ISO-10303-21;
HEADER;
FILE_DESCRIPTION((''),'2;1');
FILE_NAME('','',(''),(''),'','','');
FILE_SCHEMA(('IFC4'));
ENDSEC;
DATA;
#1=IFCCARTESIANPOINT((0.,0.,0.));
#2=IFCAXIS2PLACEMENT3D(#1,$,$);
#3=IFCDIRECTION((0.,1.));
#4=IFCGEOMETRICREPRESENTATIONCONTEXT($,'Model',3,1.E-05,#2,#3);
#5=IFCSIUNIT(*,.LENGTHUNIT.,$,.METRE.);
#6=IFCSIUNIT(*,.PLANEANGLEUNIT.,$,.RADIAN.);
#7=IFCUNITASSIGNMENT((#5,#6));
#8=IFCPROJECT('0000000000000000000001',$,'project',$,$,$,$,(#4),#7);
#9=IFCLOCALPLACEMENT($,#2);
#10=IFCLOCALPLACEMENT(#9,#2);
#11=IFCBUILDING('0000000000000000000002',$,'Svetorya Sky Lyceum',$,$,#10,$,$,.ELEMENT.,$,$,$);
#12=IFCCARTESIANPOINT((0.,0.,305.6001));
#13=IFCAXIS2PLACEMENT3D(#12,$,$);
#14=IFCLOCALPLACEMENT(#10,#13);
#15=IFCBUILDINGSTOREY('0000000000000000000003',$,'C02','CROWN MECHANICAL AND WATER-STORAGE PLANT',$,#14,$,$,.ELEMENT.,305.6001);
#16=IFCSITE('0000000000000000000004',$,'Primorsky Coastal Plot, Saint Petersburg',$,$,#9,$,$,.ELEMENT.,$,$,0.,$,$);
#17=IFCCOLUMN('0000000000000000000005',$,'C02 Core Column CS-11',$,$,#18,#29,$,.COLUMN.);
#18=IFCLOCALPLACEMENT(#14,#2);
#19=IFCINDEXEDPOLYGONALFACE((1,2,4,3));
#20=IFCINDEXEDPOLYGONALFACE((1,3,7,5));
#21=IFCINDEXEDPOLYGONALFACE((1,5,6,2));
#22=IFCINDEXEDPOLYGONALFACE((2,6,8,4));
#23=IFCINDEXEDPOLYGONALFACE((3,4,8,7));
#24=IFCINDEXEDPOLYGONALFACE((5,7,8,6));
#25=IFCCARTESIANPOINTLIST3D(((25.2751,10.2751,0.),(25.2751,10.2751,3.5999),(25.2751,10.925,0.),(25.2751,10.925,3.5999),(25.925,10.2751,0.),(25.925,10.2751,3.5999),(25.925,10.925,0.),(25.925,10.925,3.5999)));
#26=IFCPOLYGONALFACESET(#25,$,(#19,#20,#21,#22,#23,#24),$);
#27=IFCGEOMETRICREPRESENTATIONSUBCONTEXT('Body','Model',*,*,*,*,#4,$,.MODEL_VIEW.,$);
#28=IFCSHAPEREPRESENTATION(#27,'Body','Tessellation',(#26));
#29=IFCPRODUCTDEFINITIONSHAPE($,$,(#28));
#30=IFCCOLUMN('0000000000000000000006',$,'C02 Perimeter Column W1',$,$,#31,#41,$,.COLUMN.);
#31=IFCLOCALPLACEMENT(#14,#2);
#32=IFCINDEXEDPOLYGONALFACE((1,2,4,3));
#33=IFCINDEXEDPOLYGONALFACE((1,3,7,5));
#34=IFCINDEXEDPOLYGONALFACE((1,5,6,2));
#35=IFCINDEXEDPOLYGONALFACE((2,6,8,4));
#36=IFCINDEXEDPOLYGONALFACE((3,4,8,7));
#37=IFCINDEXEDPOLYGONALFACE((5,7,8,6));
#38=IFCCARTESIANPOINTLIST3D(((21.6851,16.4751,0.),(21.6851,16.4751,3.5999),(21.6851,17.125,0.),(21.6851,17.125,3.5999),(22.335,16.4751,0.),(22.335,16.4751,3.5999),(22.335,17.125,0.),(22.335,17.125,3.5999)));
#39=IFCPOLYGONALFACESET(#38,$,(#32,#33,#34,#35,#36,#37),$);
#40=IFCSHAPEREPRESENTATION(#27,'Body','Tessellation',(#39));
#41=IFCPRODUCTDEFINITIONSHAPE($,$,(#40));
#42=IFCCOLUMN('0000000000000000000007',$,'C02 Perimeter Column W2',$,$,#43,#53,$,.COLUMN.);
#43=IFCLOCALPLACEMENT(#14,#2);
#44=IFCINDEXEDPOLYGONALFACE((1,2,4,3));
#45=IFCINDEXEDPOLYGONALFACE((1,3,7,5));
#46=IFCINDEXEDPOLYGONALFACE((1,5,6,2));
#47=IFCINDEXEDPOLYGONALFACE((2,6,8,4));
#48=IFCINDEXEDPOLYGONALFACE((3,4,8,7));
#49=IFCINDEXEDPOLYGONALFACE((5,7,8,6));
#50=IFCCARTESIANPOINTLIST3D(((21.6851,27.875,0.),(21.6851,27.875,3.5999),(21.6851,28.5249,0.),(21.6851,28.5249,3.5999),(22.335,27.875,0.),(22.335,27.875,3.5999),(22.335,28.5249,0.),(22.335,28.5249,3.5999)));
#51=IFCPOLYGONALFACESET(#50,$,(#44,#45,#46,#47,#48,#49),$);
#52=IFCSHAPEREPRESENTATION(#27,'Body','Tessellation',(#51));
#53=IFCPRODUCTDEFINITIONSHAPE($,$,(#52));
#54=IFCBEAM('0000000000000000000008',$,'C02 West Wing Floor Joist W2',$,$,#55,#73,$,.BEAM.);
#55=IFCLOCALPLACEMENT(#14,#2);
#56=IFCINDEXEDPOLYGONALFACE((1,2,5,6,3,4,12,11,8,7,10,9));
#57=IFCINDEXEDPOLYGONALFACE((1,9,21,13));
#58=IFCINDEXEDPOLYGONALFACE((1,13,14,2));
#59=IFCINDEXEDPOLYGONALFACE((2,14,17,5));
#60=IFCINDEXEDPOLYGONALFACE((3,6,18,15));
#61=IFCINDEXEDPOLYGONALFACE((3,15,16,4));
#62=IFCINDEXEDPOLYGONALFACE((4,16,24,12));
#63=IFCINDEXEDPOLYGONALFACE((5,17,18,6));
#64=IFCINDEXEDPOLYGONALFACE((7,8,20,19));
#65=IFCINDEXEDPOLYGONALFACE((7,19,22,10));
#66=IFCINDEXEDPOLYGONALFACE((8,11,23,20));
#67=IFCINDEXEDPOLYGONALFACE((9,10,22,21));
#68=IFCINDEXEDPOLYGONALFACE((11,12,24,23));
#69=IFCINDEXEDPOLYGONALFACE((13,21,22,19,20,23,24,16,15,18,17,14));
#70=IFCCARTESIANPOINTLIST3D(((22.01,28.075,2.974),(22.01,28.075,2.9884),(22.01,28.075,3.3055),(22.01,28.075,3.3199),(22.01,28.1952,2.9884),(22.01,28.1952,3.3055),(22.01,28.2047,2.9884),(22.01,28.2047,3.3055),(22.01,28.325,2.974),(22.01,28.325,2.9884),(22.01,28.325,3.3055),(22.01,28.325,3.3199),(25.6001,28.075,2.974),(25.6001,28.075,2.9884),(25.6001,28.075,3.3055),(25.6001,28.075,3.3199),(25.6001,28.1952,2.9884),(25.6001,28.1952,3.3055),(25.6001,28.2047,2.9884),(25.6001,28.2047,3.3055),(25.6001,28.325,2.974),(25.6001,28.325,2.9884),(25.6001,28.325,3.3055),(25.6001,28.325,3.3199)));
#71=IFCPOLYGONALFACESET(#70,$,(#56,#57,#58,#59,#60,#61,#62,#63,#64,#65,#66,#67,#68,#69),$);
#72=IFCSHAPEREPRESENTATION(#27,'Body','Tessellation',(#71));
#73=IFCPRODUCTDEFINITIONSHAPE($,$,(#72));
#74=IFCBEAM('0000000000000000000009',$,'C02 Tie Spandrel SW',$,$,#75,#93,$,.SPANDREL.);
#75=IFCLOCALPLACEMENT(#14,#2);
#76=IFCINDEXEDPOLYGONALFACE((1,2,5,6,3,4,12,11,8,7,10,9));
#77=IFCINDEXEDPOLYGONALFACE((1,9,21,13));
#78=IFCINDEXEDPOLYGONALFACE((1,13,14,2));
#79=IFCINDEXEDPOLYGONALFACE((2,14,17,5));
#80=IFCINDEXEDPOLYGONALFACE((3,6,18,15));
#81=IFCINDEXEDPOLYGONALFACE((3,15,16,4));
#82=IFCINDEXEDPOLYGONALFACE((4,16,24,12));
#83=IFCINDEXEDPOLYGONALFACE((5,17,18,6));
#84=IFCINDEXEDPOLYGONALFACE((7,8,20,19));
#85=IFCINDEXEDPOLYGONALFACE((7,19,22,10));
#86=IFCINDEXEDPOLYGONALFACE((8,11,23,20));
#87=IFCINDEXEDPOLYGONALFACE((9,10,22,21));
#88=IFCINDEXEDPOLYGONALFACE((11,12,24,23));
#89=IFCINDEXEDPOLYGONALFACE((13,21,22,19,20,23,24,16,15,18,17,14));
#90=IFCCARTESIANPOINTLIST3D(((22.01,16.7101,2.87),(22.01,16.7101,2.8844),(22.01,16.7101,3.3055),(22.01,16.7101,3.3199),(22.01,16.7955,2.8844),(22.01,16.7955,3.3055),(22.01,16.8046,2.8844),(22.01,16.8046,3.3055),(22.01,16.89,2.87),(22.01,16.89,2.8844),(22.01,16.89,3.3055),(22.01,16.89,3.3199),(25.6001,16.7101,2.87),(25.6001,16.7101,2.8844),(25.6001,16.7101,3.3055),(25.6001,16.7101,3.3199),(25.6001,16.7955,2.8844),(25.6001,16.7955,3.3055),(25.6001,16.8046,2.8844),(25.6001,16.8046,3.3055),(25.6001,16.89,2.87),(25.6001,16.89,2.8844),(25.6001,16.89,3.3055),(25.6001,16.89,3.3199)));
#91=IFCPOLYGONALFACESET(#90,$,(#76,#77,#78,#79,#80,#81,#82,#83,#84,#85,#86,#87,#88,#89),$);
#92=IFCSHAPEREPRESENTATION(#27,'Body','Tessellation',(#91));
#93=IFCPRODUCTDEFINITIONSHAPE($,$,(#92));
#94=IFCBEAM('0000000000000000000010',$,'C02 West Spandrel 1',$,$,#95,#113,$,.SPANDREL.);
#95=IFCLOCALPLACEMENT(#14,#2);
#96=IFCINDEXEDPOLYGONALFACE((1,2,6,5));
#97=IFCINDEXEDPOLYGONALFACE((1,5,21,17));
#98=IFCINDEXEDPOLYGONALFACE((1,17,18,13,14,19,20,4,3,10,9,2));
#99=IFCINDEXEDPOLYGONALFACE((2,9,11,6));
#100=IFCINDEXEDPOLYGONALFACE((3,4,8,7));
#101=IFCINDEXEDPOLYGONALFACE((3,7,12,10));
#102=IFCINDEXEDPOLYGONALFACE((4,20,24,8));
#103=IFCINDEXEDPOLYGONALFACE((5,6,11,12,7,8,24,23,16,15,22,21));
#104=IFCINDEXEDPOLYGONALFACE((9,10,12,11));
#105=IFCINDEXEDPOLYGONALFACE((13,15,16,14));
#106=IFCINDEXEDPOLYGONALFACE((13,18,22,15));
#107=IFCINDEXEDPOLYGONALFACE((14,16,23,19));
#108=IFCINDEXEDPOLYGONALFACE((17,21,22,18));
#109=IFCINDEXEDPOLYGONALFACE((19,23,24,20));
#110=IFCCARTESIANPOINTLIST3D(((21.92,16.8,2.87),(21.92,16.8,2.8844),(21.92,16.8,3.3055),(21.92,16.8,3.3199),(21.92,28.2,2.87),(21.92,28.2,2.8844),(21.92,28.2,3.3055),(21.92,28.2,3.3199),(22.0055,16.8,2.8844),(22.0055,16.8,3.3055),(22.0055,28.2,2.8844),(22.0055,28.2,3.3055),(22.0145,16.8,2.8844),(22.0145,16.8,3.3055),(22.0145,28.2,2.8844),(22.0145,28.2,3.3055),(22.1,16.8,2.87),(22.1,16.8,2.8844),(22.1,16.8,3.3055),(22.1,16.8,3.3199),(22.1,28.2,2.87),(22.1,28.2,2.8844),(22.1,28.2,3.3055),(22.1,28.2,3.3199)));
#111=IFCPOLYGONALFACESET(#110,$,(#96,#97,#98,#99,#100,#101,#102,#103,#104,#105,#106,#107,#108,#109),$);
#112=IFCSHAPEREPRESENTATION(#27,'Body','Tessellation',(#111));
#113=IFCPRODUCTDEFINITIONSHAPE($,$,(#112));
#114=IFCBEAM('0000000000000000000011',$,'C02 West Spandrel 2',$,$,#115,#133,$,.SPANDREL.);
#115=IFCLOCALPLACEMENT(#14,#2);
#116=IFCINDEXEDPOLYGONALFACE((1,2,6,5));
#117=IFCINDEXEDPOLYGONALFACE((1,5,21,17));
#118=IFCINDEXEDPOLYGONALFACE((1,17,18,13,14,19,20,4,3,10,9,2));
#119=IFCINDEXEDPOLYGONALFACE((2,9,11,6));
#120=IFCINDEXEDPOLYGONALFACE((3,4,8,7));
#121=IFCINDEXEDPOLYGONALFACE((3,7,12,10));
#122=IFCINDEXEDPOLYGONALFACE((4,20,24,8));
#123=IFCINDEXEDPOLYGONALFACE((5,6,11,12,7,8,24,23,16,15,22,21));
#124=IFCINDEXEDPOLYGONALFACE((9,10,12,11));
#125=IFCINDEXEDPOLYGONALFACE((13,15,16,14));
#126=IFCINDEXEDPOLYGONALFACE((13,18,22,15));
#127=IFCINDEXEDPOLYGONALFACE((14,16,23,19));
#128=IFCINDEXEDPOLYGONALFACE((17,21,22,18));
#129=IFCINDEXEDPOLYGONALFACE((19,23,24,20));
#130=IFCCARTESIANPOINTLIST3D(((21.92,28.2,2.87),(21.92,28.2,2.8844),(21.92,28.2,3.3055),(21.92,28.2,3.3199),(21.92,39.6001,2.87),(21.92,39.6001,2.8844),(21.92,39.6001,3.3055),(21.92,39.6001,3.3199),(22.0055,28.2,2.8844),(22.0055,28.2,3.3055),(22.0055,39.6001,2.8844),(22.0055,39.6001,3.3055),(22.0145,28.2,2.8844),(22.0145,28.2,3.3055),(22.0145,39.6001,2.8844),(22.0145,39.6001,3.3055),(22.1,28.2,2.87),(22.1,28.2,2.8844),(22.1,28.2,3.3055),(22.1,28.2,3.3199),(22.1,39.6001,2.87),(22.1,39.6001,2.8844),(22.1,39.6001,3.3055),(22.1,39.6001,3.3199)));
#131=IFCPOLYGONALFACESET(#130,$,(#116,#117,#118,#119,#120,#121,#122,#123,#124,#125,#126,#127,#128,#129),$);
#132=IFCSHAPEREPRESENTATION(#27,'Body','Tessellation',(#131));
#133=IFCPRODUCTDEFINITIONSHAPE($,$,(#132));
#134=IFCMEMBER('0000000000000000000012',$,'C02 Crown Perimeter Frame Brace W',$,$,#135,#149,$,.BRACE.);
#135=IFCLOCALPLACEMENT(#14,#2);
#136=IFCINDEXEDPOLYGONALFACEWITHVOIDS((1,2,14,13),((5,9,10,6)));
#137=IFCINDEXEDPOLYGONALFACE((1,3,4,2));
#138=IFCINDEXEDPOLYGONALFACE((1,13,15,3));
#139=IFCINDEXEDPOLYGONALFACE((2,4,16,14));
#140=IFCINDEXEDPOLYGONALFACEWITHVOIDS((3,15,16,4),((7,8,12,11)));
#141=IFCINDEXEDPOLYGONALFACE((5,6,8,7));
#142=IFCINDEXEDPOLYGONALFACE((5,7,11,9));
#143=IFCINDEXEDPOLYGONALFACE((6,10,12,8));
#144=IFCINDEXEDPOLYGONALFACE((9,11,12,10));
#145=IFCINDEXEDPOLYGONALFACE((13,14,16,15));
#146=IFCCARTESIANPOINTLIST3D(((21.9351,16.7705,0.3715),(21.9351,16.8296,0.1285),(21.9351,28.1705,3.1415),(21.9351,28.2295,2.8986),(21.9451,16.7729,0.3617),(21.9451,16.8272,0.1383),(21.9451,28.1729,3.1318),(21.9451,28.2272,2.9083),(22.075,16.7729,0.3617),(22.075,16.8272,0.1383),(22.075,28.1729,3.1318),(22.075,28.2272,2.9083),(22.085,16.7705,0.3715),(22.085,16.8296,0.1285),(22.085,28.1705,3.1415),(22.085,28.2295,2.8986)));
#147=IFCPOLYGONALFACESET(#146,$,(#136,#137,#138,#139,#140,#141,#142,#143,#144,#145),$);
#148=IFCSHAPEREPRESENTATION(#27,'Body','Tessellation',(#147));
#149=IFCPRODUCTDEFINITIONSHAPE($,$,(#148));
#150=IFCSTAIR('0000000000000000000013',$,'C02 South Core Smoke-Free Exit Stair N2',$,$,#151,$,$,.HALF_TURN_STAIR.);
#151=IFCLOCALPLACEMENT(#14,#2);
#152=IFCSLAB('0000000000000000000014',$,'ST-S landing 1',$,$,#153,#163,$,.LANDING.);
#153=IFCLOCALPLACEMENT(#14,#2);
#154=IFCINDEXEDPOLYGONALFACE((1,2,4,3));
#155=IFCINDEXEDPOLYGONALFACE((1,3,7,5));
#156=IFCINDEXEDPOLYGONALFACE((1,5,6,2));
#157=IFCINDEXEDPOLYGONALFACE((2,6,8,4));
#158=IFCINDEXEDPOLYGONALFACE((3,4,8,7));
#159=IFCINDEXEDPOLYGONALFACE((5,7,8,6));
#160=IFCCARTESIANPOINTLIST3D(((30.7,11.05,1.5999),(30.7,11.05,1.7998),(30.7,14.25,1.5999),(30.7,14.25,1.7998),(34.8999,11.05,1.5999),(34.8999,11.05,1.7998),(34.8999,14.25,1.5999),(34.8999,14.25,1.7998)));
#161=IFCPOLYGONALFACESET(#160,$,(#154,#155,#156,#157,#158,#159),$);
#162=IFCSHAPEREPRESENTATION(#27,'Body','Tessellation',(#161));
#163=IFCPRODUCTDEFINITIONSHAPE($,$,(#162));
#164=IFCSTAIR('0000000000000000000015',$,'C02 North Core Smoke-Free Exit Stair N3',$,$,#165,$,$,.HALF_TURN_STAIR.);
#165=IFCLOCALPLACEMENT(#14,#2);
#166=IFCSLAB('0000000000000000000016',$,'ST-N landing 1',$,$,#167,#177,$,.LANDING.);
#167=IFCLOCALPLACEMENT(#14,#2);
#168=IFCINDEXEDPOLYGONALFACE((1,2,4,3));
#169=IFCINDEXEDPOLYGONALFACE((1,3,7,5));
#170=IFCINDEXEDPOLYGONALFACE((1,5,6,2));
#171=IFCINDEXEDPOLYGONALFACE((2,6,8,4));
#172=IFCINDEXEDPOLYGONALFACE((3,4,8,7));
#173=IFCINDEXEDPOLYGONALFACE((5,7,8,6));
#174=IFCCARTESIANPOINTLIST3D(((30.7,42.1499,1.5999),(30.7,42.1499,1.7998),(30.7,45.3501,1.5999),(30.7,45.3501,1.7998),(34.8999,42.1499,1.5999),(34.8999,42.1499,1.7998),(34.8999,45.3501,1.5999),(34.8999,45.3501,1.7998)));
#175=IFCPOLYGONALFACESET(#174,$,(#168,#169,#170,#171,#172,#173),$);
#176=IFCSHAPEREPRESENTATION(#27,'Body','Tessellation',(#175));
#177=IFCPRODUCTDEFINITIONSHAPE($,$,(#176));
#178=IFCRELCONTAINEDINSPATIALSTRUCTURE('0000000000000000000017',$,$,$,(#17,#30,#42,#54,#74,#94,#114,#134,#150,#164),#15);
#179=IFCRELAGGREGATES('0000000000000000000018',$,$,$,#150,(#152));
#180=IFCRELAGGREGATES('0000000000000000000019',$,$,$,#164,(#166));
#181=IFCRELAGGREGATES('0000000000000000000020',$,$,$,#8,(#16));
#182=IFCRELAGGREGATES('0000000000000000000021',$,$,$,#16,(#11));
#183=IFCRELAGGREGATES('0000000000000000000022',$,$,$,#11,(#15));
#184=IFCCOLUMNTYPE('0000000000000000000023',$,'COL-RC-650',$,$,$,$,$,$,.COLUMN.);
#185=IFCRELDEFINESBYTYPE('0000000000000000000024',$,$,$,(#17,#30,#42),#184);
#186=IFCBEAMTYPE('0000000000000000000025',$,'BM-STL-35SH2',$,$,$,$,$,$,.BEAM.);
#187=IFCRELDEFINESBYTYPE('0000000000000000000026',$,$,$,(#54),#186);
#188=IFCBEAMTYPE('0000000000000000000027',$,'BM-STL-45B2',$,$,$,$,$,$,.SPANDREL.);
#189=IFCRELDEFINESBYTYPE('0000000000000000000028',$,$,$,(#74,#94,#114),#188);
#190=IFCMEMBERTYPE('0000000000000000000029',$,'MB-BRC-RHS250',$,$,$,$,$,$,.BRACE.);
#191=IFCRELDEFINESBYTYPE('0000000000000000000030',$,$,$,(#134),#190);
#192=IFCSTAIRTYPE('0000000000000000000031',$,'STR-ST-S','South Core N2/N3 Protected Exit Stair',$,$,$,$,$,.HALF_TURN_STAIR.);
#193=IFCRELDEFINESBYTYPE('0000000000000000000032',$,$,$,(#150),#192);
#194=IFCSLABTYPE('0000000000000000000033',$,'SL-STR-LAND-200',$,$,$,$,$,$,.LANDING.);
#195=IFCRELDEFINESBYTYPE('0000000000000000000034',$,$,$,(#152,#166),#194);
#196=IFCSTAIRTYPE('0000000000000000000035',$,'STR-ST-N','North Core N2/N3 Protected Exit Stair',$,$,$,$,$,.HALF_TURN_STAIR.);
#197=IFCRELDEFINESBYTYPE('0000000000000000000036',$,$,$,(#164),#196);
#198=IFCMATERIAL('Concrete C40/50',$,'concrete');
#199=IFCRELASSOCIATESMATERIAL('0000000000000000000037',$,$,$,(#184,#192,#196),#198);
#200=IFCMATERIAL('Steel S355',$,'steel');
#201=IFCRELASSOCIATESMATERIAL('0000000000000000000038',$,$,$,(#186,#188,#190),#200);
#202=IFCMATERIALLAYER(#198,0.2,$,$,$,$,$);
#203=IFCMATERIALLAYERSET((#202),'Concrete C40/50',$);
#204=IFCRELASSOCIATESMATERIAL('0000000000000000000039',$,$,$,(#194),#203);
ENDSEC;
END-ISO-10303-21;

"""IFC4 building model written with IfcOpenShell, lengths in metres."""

from ifc_helpers import new_model, si_unit, direction, frame, origin, origin_2d, place, context, subcontext, project, spatial, polyline, rectangle, hollow_rectangle, i_section, outline, extrude, material, layer, layer_set, material_profile, profile_set, type_object, element, aggregate, save


model = new_model("IFC4")

# Units and contexts
model_context = context("Model", 3, precision=1e-05, world=origin(), true_north=direction((0.0, 1.0)))
body_context = subcontext(model_context, "Body", "Model", "MODEL_VIEW")
ifc_project = project(units=[si_unit("LENGTHUNIT", "METRE"), si_unit("PLANEANGLEUNIT", "RADIAN")], contexts=[model_context])

# Site, building, storey
site_placement = place(None, origin())
site = spatial("IfcSite", under=ifc_project, at=site_placement, Name="Primorsky Coastal Plot, Saint Petersburg", CompositionType="ELEMENT", RefElevation=0.0)
building_placement = place(site_placement, origin())
building = spatial("IfcBuilding", under=site, at=building_placement, Name="Svetorya Sky Lyceum", CompositionType="ELEMENT")
storey_placement = place(building_placement, frame((0.0, 0.0, 305.6001)))
storey = spatial("IfcBuildingStorey", under=building, at=storey_placement, Name="C02", Description="CROWN MECHANICAL AND WATER-STORAGE PLANT", CompositionType="ELEMENT", Elevation=305.6001)

# Columns
ifc_material_1 = material(Name="Concrete C40/50", Category="concrete")
ifc_material_profile_1 = material_profile(ifc_material_1, rectangle(XDim=0.6499, YDim=0.6499, at=origin_2d()), Name="RC COL 650x650")
ifc_profile_set_1 = profile_set([ifc_material_profile_1], Name="Concrete C40/50")
column_type = type_object("IfcColumnType", Name="COL-RC-650", PredefinedType="COLUMN", material=ifc_profile_set_1)
for number, where, z_axis, x_axis, name in (
    (1, (25.6001, 10.6001, 0.0), (0.0, 0.0, 1.0), (1.0, 0.0, 0.0), "C02 Core Column CS-11"),
    (2, (22.01, 16.8, 0.0), (0.0, 0.0, 1.0), (1.0, 0.0, 0.0), "C02 Perimeter Column W1"),
    (3, (22.01, 28.2, 0.0), (0.0, 0.0, 1.0), (1.0, 0.0, 0.0), "C02 Perimeter Column W2"),
):
    element("IfcColumn", number, at=place(storey_placement, frame(where, z_axis=z_axis, x_axis=x_axis)), inside=storey, type_object=column_type, Name=name, PredefinedType="COLUMN", context=body_context, shape_type="SweptSolid", body=[
        extrude(rectangle(XDim=0.6499, YDim=0.6499, at=origin_2d()), origin(), (0.0, 0.0, 1.0), 3.5999),
    ])

# Beams
ifc_material_2 = material(Name="Steel S355", Category="steel")
ifc_material_profile_2 = material_profile(ifc_material_2, i_section(OverallWidth=0.25, OverallDepth=0.3459, WebThickness=0.0095, FlangeThickness=0.0144, at=origin_2d()), Name="GOST 35Sh2")
ifc_profile_set_2 = profile_set([ifc_material_profile_2], Name="Steel S355")
beam_type_1 = type_object("IfcBeamType", Name="BM-STL-35SH2", PredefinedType="BEAM", material=ifc_profile_set_2)
beam_1_placement = place(storey_placement, frame((22.01, 28.2, 3.147), z_axis=(1.0, 0.0, 0.0), x_axis=(0.0, 1.0, 0.0)))
element("IfcBeam", 4, at=beam_1_placement, inside=storey, type_object=beam_type_1, Name="C02 West Wing Floor Joist W2", PredefinedType="BEAM", context=body_context, shape_type="SweptSolid", body=[
    extrude(i_section(OverallWidth=0.25, OverallDepth=0.3459, WebThickness=0.0095, FlangeThickness=0.0144, at=origin_2d()), origin(), (0.0, 0.0, 1.0), 3.5901),
])
ifc_material_profile_3 = material_profile(ifc_material_2, i_section(OverallWidth=0.1799, OverallDepth=0.45, WebThickness=0.009, FlangeThickness=0.0144, at=origin_2d()), Name="GOST 45B2")
ifc_profile_set_3 = profile_set([ifc_material_profile_3], Name="Steel S355")
beam_type_2 = type_object("IfcBeamType", Name="BM-STL-45B2", PredefinedType="SPANDREL", material=ifc_profile_set_3)
beam_2_placement = place(storey_placement, frame((22.01, 16.8, 3.095), z_axis=(1.0, 0.0, 0.0), x_axis=(0.0, 1.0, 0.0)))
element("IfcBeam", 5, at=beam_2_placement, inside=storey, type_object=beam_type_2, Name="C02 Tie Spandrel SW", PredefinedType="SPANDREL", context=body_context, shape_type="SweptSolid", body=[
    extrude(i_section(OverallWidth=0.1799, OverallDepth=0.45, WebThickness=0.009, FlangeThickness=0.0144, at=origin_2d()), origin(), (0.0, 0.0, 1.0), 3.5901),
])
beam_3_placement = place(storey_placement, frame((22.01, 16.8, 3.095), z_axis=(0.0, 1.0, 0.0), x_axis=(-1.0, 0.0, 0.0)))
element("IfcBeam", 6, at=beam_3_placement, inside=storey, type_object=beam_type_2, Name="C02 West Spandrel 1", PredefinedType="SPANDREL", context=body_context, shape_type="SweptSolid", body=[
    extrude(i_section(OverallWidth=0.1799, OverallDepth=0.45, WebThickness=0.009, FlangeThickness=0.0144, at=origin_2d()), origin(), (0.0, 0.0, 1.0), 11.3999),
])
beam_4_placement = place(storey_placement, frame((22.01, 28.2, 3.095), z_axis=(0.0, 1.0, 0.0), x_axis=(-1.0, 0.0, 0.0)))
element("IfcBeam", 7, at=beam_4_placement, inside=storey, type_object=beam_type_2, Name="C02 West Spandrel 2", PredefinedType="SPANDREL", context=body_context, shape_type="SweptSolid", body=[
    extrude(i_section(OverallWidth=0.1799, OverallDepth=0.45, WebThickness=0.009, FlangeThickness=0.0144, at=origin_2d()), origin(), (0.0, 0.0, 1.0), 11.4001),
])

# Member
ifc_material_profile_4 = material_profile(ifc_material_2, hollow_rectangle(XDim=0.1499, YDim=0.25, WallThickness=0.01, at=origin_2d()), Name="RHS 250x150x10")
ifc_profile_set_4 = profile_set([ifc_material_profile_4], Name="Steel S355")
member_type = type_object("IfcMemberType", Name="MB-BRC-RHS250", PredefinedType="BRACE", material=ifc_profile_set_4)
member_placement = place(storey_placement, frame((22.01, 16.8, 0.25), z_axis=(0.0, 0.971725, 0.236116), x_axis=(-1.0, 0.0, 0.0)))
element("IfcMember", 8, at=member_placement, inside=storey, type_object=member_type, Name="C02 Crown Perimeter Frame Brace W", PredefinedType="BRACE", context=body_context, shape_type="SweptSolid", body=[
    extrude(hollow_rectangle(XDim=0.1499, YDim=0.25, WallThickness=0.01, at=origin_2d()), origin(), (0.0, 0.0, 1.0), 11.7317),
])

# Stairs, slabs
stair_type_1 = type_object("IfcStairType", Name="STR-ST-S", Description="South Core N2/N3 Protected Exit Stair", PredefinedType="HALF_TURN_STAIR", material=ifc_material_1)
stair_1_placement = place(storey_placement, origin())
stair_1 = element("IfcStair", 9, at=stair_1_placement, inside=storey, type_object=stair_type_1, Name="C02 South Core Smoke-Free Exit Stair N2", PredefinedType="HALF_TURN_STAIR")
ifc_layer_1 = layer(ifc_material_1, 0.2)
ifc_layer_set_1 = layer_set([ifc_layer_1], Name="Concrete C40/50")
slab_type_1 = type_object("IfcSlabType", Name="SL-STR-LAND-200", PredefinedType="LANDING", material=ifc_layer_set_1)
slab_1_placement = place(storey_placement, frame((0.0, 0.0, 1.5999)))
slab_1 = element("IfcSlab", 10, at=slab_1_placement, type_object=slab_type_1, Name="ST-S landing 1", PredefinedType="LANDING", context=body_context, shape_type="SweptSolid", body=[
    extrude(outline(polyline([(30.7, 11.05), (34.8999, 11.05), (34.8999, 14.25), (30.7, 14.25), (30.7, 11.05)])), origin(), (0.0, 0.0, 1.0), 0.2),
])
aggregate(stair_1, [slab_1])
stair_type_2 = type_object("IfcStairType", Name="STR-ST-N", Description="North Core N2/N3 Protected Exit Stair", PredefinedType="HALF_TURN_STAIR", material=ifc_material_1)
stair_2_placement = place(storey_placement, origin())
stair_2 = element("IfcStair", 11, at=stair_2_placement, inside=storey, type_object=stair_type_2, Name="C02 North Core Smoke-Free Exit Stair N3", PredefinedType="HALF_TURN_STAIR")
slab_2_placement = place(storey_placement, frame((0.0, 0.0, 1.5999)))
slab_2 = element("IfcSlab", 12, at=slab_2_placement, type_object=slab_type_1, Name="ST-N landing 1", PredefinedType="LANDING", context=body_context, shape_type="SweptSolid", body=[
    extrude(outline(polyline([(30.7, 42.1499), (34.8999, 42.1499), (34.8999, 45.3501), (30.7, 45.3501), (30.7, 42.1499)])), origin(), (0.0, 0.0, 1.0), 0.2),
])
aggregate(stair_2, [slab_2])

save(model, "model.ifc")
